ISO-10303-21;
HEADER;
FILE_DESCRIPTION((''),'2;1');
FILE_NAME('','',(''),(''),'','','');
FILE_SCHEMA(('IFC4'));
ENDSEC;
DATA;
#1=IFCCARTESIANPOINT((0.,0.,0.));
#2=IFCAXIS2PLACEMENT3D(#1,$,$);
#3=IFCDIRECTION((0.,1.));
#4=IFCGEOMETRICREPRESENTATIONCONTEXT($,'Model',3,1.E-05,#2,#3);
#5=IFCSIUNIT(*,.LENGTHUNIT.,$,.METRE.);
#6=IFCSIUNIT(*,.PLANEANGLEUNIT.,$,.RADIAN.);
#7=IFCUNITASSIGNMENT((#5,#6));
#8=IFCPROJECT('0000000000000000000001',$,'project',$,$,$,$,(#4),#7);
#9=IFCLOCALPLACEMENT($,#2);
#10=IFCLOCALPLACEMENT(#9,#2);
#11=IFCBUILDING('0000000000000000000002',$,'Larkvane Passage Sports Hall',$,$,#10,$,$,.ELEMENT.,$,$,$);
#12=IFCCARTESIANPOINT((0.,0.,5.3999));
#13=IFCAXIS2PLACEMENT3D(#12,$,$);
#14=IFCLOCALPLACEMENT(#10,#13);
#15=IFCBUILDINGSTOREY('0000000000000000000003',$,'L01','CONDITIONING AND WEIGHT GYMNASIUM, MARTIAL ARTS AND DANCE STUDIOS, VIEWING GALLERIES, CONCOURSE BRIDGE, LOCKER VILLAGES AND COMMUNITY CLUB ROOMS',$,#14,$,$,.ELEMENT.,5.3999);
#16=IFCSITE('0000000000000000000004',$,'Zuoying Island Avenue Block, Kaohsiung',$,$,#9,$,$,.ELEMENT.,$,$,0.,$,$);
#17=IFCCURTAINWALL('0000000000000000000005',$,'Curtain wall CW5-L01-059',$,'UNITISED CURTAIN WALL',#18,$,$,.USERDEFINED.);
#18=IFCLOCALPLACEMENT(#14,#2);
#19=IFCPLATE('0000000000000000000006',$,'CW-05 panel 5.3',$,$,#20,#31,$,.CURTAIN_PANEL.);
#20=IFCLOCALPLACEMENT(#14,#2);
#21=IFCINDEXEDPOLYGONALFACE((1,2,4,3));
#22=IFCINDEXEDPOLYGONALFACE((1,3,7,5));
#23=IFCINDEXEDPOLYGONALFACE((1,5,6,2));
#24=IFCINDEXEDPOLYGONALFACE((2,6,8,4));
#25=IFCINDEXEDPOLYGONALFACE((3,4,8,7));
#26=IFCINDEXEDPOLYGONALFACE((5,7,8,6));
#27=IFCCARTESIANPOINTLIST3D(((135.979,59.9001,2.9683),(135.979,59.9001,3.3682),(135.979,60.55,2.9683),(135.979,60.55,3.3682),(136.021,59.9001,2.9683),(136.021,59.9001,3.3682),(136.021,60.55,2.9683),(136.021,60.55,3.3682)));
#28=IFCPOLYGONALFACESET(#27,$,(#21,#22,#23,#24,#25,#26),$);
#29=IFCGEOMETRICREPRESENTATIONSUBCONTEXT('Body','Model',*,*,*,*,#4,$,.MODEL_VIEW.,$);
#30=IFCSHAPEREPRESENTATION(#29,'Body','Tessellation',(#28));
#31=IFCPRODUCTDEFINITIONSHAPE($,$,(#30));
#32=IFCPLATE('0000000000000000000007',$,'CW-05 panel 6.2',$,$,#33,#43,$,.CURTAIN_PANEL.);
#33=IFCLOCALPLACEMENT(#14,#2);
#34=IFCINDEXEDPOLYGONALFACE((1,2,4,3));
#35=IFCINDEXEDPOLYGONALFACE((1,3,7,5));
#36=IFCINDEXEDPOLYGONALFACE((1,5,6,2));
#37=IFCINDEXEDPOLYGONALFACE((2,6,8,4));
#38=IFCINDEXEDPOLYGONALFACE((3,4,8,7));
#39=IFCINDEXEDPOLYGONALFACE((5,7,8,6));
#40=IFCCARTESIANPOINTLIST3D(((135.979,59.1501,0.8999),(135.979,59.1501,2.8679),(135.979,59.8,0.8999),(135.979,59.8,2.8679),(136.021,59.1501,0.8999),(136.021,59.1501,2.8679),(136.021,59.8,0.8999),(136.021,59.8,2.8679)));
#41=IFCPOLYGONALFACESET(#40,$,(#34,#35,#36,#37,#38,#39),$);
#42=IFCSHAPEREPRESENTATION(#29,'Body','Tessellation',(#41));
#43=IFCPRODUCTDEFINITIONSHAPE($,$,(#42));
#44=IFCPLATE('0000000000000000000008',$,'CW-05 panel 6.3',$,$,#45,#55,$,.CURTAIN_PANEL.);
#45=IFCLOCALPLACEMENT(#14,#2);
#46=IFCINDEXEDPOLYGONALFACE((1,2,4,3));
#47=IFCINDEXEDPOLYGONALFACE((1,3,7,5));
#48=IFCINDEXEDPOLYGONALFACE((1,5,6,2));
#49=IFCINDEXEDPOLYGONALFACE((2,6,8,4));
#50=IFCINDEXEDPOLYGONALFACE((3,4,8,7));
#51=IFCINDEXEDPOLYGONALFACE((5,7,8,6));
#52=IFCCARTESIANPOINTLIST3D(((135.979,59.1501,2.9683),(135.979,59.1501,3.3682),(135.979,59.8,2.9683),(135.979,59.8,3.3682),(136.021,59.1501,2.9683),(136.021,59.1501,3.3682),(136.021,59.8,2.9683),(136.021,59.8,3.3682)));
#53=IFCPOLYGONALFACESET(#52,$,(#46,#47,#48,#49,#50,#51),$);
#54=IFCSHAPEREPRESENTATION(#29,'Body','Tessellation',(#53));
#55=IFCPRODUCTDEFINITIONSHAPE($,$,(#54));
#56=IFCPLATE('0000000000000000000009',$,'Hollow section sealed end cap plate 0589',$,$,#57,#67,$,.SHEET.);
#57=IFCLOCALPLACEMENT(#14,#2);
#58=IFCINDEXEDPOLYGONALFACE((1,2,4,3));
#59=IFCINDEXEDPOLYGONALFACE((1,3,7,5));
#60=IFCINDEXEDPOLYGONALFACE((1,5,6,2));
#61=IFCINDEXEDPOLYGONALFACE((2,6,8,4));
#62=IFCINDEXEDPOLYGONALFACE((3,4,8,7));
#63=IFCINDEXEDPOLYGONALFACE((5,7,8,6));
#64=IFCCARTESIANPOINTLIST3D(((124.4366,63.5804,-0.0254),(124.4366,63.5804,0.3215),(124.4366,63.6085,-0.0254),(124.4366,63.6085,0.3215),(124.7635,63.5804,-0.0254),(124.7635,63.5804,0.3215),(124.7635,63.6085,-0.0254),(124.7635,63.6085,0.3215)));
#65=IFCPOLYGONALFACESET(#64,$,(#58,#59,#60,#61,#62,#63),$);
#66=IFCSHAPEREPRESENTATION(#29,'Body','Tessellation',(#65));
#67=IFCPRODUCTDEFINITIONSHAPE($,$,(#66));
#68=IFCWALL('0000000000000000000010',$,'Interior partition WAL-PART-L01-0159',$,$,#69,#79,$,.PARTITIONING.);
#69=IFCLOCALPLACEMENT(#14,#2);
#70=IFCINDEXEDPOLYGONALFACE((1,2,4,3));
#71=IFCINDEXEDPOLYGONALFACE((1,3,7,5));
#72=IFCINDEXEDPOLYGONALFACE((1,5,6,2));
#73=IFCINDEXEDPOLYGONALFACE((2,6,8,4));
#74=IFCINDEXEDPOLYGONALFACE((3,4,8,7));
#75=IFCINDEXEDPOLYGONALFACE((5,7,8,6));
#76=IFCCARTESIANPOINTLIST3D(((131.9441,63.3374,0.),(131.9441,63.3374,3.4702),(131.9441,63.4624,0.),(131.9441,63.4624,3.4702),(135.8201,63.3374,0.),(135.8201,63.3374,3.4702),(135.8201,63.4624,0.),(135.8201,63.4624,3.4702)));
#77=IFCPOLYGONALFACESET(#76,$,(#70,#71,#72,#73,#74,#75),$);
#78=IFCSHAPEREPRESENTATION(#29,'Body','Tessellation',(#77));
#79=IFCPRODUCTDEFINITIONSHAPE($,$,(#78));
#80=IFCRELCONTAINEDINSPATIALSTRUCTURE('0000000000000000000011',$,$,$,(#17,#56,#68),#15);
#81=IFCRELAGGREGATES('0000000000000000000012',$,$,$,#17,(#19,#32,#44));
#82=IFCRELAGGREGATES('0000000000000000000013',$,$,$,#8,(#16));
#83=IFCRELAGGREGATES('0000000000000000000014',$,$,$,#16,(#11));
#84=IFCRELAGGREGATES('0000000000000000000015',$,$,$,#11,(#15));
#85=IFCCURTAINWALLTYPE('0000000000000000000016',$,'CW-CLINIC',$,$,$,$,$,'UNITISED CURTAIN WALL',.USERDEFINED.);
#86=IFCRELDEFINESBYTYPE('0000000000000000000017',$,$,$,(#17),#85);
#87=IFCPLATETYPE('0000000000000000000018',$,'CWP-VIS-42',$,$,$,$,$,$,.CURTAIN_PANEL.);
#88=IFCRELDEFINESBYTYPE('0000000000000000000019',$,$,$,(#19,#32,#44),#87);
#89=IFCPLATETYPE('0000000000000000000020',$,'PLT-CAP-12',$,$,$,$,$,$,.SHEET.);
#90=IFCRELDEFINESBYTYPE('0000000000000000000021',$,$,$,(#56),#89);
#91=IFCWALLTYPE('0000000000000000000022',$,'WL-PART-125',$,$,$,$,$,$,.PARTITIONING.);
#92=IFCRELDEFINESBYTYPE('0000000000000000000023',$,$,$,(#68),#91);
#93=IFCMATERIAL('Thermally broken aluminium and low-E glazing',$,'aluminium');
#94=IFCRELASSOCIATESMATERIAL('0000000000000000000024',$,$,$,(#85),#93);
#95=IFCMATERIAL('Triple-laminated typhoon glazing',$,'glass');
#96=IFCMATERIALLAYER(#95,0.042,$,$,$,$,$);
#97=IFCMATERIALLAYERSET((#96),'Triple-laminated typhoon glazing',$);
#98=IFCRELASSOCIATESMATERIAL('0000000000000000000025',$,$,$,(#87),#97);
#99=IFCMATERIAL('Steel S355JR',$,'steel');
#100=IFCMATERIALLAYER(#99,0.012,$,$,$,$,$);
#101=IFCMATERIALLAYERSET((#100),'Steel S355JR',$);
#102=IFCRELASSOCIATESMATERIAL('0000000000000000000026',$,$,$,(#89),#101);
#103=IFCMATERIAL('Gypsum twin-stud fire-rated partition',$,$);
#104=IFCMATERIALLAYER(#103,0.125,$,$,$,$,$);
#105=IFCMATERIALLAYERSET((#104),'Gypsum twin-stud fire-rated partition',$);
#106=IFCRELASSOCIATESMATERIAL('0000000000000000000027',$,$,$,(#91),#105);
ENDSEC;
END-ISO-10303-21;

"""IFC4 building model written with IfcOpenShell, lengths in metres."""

from ifc_helpers import new_model, si_unit, direction, frame, frame_2d, origin, origin_2d, place, context, subcontext, project, spatial, rectangle, extrude, material, layer, layer_set, type_object, element, aggregate, save


model = new_model("IFC4")

# Units and contexts
model_context = context("Model", 3, precision=1e-05, world=origin(), true_north=direction((0.0, 1.0)))
body_context = subcontext(model_context, "Body", "Model", "MODEL_VIEW")
ifc_project = project(units=[si_unit("LENGTHUNIT", "METRE"), si_unit("PLANEANGLEUNIT", "RADIAN")], contexts=[model_context])

# Site, building, storey
site_placement = place(None, origin())
site = spatial("IfcSite", under=ifc_project, at=site_placement, Name="Zuoying Island Avenue Block, Kaohsiung", CompositionType="ELEMENT", RefElevation=0.0)
building_placement = place(site_placement, origin())
building = spatial("IfcBuilding", under=site, at=building_placement, Name="Larkvane Passage Sports Hall", CompositionType="ELEMENT")
storey_placement = place(building_placement, frame((0.0, 0.0, 5.3999)))
storey = spatial("IfcBuildingStorey", under=building, at=storey_placement, Name="L01", Description="CONDITIONING AND WEIGHT GYMNASIUM, MARTIAL ARTS AND DANCE STUDIOS, VIEWING GALLERIES, CONCOURSE BRIDGE, LOCKER VILLAGES AND COMMUNITY CLUB ROOMS", CompositionType="ELEMENT", Elevation=5.3999)

# Shared definitions
ifc_material_1 = material(Name="Steel S355JR", Category="steel")

# Curtain wall
ifc_material_2 = material(Name="Thermally broken aluminium and low-E glazing", Category="aluminium")
curtain_wall_type = type_object("IfcCurtainWallType", Name="CW-CLINIC", ElementType="UNITISED CURTAIN WALL", PredefinedType="USERDEFINED", material=ifc_material_2)
curtain_wall_placement = place(storey_placement, origin())
curtain_wall = element("IfcCurtainWall", 1, at=curtain_wall_placement, inside=storey, type_object=curtain_wall_type, Name="Curtain wall CW5-L01-059", ObjectType="UNITISED CURTAIN WALL", PredefinedType="USERDEFINED")

# Plates
ifc_material_3 = material(Name="Triple-laminated typhoon glazing", Category="glass")
ifc_layer_1 = layer(ifc_material_3, 0.042)
ifc_layer_set_1 = layer_set([ifc_layer_1], Name="Triple-laminated typhoon glazing")
plate_type_1 = type_object("IfcPlateType", Name="CWP-VIS-42", PredefinedType="CURTAIN_PANEL", material=ifc_layer_set_1)
plate_1_placement = place(storey_placement, frame((136.0, 60.2251, 2.9683), z_axis=(0.0, 0.0, 1.0), x_axis=(0.0, -1.0, 0.0)))
plate_1 = element("IfcPlate", 2, at=plate_1_placement, type_object=plate_type_1, Name="CW-05 panel 5.3", PredefinedType="CURTAIN_PANEL", context=body_context, shape_type="SweptSolid", body=[
    extrude(rectangle(XDim=0.6499, YDim=0.042, at=origin_2d()), origin(), (0.0, 0.0, 1.0), 0.3999),
])
plate_2_placement = place(storey_placement, frame((136.0, 59.4751, 0.8999), z_axis=(0.0, 0.0, 1.0), x_axis=(0.0, -1.0, 0.0)))
plate_2 = element("IfcPlate", 3, at=plate_2_placement, type_object=plate_type_1, Name="CW-05 panel 6.2", PredefinedType="CURTAIN_PANEL", context=body_context, shape_type="SweptSolid", body=[
    extrude(rectangle(XDim=0.6499, YDim=0.042, at=origin_2d()), origin(), (0.0, 0.0, 1.0), 1.968),
])
plate_3_placement = place(storey_placement, frame((136.0, 59.4751, 2.9683), z_axis=(0.0, 0.0, 1.0), x_axis=(0.0, -1.0, 0.0)))
plate_3 = element("IfcPlate", 4, at=plate_3_placement, type_object=plate_type_1, Name="CW-05 panel 6.3", PredefinedType="CURTAIN_PANEL", context=body_context, shape_type="SweptSolid", body=[
    extrude(rectangle(XDim=0.6499, YDim=0.042, at=origin_2d()), origin(), (0.0, 0.0, 1.0), 0.3999),
])
aggregate(curtain_wall, [plate_1, plate_2, plate_3])
ifc_layer_2 = layer(ifc_material_1, 0.012)
ifc_layer_set_2 = layer_set([ifc_layer_2], Name="Steel S355JR")
plate_type_2 = type_object("IfcPlateType", Name="PLT-CAP-12", PredefinedType="SHEET", material=ifc_layer_set_2)
plate_4_placement = place(storey_placement, frame((124.6001, 63.5945, -0.0254), z_axis=(0.0, 0.0, 1.0), x_axis=(-1.0, 0.0, 0.0)))
element("IfcPlate", 5, at=plate_4_placement, inside=storey, type_object=plate_type_2, Name="Hollow section sealed end cap plate 0589", PredefinedType="SHEET", context=body_context, shape_type="SweptSolid", body=[
    extrude(rectangle(XDim=0.3269, YDim=0.0281, at=origin_2d()), origin(), (0.0, 0.0, 1.0), 0.3469),
])

# Wall
ifc_material_4 = material(Name="Gypsum twin-stud fire-rated partition")
ifc_layer_3 = layer(ifc_material_4, 0.125)
ifc_layer_set_3 = layer_set([ifc_layer_3], Name="Gypsum twin-stud fire-rated partition")
wall_type = type_object("IfcWallType", Name="WL-PART-125", PredefinedType="PARTITIONING", material=ifc_layer_set_3)
wall_placement = place(storey_placement, frame((131.9441, 63.3999, 0.0), z_axis=(0.0, 0.0, 1.0), x_axis=(1.0, 0.0, 0.0)))
element("IfcWall", 6, at=wall_placement, inside=storey, type_object=wall_type, Name="Interior partition WAL-PART-L01-0159", PredefinedType="PARTITIONING", context=body_context, shape_type="SweptSolid", body=[
    extrude(rectangle(XDim=3.876, YDim=0.125, at=frame_2d((1.938, 0.0))), origin(), (0.0, 0.0, 1.0), 3.4702),
])

save(model, "model.ifc")
